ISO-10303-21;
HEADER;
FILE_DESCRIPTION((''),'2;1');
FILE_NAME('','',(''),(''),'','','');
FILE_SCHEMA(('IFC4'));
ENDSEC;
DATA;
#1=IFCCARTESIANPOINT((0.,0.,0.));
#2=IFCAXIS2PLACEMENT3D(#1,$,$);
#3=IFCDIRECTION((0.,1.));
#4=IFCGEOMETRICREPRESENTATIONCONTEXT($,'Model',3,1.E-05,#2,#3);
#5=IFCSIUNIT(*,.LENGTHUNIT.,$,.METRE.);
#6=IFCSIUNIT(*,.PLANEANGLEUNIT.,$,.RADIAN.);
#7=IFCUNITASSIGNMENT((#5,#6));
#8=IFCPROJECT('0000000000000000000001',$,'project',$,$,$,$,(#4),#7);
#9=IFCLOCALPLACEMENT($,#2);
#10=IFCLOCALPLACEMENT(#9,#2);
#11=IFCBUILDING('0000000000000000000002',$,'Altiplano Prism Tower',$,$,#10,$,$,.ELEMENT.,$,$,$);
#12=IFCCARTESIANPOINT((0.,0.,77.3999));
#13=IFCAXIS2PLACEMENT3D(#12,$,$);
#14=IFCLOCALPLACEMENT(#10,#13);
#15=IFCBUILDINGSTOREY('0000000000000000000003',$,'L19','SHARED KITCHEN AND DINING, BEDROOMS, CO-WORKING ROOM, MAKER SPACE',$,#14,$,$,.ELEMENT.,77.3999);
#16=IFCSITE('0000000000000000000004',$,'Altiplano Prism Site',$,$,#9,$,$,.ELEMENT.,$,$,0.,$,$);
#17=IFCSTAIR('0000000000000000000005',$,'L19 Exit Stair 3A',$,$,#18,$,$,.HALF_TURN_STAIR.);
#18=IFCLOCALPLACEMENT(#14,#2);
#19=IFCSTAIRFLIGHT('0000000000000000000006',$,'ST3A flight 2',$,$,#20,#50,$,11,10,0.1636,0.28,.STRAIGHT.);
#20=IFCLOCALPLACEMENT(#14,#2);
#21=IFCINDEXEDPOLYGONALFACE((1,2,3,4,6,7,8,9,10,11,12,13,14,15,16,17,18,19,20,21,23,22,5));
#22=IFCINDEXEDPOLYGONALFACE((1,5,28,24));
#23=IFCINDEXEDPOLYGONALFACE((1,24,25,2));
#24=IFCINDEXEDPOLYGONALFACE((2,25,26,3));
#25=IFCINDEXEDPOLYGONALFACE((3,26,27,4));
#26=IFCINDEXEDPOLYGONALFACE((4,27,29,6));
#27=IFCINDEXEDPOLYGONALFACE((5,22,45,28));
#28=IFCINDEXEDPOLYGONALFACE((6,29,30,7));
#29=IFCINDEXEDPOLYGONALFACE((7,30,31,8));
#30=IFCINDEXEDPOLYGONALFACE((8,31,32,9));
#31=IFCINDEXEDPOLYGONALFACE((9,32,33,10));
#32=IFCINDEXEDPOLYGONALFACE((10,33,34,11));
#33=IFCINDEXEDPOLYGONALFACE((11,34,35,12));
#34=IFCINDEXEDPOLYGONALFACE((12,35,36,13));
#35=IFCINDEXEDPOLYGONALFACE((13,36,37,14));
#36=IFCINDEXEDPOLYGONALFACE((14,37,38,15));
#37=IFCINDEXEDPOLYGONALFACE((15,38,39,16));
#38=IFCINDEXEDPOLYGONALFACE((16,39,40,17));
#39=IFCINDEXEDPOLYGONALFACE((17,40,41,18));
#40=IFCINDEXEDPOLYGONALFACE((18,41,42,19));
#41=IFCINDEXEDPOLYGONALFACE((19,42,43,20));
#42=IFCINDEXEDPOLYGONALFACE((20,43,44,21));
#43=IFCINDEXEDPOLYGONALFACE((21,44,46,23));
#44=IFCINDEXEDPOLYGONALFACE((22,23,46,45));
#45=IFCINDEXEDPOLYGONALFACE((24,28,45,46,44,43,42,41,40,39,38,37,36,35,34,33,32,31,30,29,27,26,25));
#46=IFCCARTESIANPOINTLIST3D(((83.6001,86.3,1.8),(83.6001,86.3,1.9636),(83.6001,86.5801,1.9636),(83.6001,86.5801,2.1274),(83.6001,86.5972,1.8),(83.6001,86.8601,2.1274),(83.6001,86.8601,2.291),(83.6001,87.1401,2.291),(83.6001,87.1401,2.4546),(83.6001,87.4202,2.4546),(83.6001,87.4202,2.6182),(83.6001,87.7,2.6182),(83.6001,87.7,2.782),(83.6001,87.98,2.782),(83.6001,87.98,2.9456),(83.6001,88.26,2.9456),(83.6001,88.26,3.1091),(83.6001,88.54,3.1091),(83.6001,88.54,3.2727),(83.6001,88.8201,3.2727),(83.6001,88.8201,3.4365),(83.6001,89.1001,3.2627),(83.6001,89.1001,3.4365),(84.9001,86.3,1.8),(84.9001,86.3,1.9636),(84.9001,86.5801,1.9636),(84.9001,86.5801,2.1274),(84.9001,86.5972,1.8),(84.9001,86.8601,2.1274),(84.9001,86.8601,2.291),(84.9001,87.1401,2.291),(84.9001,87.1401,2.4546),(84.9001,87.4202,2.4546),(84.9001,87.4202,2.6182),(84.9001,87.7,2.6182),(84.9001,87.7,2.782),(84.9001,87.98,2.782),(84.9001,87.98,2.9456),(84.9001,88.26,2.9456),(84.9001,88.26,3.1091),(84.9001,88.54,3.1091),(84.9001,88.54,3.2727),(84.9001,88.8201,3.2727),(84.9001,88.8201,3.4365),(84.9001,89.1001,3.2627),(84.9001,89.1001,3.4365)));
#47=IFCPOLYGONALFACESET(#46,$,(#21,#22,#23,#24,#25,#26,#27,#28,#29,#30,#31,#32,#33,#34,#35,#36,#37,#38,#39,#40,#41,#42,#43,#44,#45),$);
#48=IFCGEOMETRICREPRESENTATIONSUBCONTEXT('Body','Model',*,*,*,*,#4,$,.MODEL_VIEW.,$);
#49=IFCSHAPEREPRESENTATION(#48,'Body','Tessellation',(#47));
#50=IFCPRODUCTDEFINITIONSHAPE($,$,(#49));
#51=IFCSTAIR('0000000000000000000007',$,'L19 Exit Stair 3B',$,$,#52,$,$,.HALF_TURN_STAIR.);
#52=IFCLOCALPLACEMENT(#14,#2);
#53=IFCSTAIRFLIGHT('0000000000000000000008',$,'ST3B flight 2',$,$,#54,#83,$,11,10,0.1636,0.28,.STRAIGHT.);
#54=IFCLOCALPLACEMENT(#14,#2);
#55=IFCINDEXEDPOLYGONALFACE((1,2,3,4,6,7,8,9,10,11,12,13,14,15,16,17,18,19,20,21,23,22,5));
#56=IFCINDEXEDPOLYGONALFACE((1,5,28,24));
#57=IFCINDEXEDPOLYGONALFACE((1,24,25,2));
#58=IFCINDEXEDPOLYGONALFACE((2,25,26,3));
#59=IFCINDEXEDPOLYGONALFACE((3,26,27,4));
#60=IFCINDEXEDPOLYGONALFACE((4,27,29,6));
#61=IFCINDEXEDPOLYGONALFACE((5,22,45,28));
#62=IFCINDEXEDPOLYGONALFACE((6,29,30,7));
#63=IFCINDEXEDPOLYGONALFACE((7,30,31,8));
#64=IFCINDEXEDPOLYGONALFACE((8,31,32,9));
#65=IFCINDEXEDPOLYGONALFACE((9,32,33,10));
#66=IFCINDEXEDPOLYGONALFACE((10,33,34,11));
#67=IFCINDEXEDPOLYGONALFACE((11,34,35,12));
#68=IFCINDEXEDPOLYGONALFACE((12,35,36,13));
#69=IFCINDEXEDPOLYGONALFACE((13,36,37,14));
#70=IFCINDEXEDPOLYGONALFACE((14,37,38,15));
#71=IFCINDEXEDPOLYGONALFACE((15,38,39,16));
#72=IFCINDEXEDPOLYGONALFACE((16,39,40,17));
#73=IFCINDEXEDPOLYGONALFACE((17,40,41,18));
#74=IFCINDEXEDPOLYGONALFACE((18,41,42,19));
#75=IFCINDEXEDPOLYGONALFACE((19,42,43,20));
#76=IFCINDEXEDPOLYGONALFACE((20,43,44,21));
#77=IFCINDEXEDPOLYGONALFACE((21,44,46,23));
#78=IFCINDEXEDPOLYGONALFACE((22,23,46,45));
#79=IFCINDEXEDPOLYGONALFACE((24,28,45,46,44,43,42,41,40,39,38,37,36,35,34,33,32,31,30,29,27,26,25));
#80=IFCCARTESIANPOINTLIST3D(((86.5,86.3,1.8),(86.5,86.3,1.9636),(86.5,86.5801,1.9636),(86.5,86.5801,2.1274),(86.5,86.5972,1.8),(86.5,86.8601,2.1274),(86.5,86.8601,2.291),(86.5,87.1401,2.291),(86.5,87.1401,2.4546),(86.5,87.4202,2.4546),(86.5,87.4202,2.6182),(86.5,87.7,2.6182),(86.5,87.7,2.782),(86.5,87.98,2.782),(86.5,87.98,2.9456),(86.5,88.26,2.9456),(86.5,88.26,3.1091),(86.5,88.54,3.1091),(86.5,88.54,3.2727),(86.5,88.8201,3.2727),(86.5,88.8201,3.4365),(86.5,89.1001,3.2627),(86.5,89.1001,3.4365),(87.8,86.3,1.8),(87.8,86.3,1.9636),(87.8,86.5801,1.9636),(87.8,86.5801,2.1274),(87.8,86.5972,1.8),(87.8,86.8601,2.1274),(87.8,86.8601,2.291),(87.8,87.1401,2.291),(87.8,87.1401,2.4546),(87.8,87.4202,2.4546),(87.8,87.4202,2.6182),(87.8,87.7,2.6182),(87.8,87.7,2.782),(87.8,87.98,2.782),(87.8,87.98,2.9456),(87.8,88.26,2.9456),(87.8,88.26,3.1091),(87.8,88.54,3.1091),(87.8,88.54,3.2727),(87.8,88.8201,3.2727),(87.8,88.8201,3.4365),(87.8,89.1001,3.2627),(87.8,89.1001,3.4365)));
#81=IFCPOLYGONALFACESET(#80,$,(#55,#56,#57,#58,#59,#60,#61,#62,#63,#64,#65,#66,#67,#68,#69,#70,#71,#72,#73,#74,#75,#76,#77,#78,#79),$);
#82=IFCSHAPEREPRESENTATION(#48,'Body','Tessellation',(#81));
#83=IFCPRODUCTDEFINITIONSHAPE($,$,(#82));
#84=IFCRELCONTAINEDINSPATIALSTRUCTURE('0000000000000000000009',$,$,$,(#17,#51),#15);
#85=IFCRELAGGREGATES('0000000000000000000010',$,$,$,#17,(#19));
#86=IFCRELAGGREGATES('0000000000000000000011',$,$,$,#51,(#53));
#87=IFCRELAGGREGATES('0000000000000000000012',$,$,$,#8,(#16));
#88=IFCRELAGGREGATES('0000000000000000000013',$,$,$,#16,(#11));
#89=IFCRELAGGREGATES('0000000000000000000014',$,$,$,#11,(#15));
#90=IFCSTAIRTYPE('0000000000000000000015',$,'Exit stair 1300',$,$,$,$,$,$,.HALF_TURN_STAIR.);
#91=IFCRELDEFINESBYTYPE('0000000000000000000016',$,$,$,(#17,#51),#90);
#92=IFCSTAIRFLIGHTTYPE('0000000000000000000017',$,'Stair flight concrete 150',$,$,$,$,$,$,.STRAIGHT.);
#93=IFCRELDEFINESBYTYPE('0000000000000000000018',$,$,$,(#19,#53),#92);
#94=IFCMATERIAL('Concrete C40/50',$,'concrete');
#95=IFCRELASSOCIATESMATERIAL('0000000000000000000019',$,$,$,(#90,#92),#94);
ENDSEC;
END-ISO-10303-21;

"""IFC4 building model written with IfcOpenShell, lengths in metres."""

from ifc_helpers import new_model, si_unit, direction, frame, origin, place, context, subcontext, project, spatial, polyline, outline, extrude, material, type_object, element, aggregate, save


model = new_model("IFC4")

# Units and contexts
model_context = context("Model", 3, precision=1e-05, world=origin(), true_north=direction((0.0, 1.0)))
body_context = subcontext(model_context, "Body", "Model", "MODEL_VIEW")
ifc_project = project(units=[si_unit("LENGTHUNIT", "METRE"), si_unit("PLANEANGLEUNIT", "RADIAN")], contexts=[model_context])

# Site, building, storey
site_placement = place(None, origin())
site = spatial("IfcSite", under=ifc_project, at=site_placement, Name="Altiplano Prism Site", CompositionType="ELEMENT", RefElevation=0.0)
building_placement = place(site_placement, origin())
building = spatial("IfcBuilding", under=site, at=building_placement, Name="Altiplano Prism Tower", CompositionType="ELEMENT")
storey_placement = place(building_placement, frame((0.0, 0.0, 77.3999)))
storey = spatial("IfcBuildingStorey", under=building, at=storey_placement, Name="L19", Description="SHARED KITCHEN AND DINING, BEDROOMS, CO-WORKING ROOM, MAKER SPACE", CompositionType="ELEMENT", Elevation=77.3999)

# Stairs, stair flights
ifc_material_1 = material(Name="Concrete C40/50", Category="concrete")
stair_type = type_object("IfcStairType", Name="Exit stair 1300", PredefinedType="HALF_TURN_STAIR", material=ifc_material_1)
stair_1_placement = place(storey_placement, origin())
stair_1 = element("IfcStair", 1, at=stair_1_placement, inside=storey, type_object=stair_type, Name="L19 Exit Stair 3A", PredefinedType="HALF_TURN_STAIR")
stair_flight_type = type_object("IfcStairFlightType", Name="Stair flight concrete 150", PredefinedType="STRAIGHT", material=ifc_material_1)
stair_flight_1_placement = place(storey_placement, frame((84.25, 86.3, 1.8), z_axis=(0.0, 0.0, 1.0), x_axis=(0.0, 1.0, 0.0)))
stair_flight_1 = element("IfcStairFlight", 2, at=stair_flight_1_placement, type_object=stair_flight_type, Name="ST3A flight 2", NumberOfRisers=11, NumberOfTreads=10, PredefinedType="STRAIGHT", RiserHeight=0.1636, TreadLength=0.28, context=body_context, shape_type="SweptSolid", body=[
    extrude(outline(polyline([(0.0, 0.0), (0.0, 0.1636), (0.28, 0.1636), (0.28, 0.3274), (0.5601, 0.3274), (0.5601, 0.491), (0.8401, 0.491), (0.8401, 0.6545), (1.1201, 0.6545), (1.1201, 0.8181), (1.3999, 0.8181), (1.3999, 0.9819), (1.6799, 0.9819), (1.6799, 1.1455), (1.96, 1.1455), (1.96, 1.3091), (2.24, 1.3091), (2.24, 1.4727), (2.52, 1.4727), (2.52, 1.6365), (2.8, 1.6365), (2.8, 1.8), (2.8, 1.4626), (0.2971, 0.0), (0.0, 0.0)])), frame((0.0, 0.6499, 0.0), z_axis=(0.0, -1.0, 0.0), x_axis=(1.0, 0.0, 0.0)), (0.0, 0.0, 1.0), 1.3),
])
aggregate(stair_1, [stair_flight_1])
stair_2_placement = place(storey_placement, origin())
stair_2 = element("IfcStair", 3, at=stair_2_placement, inside=storey, type_object=stair_type, Name="L19 Exit Stair 3B", PredefinedType="HALF_TURN_STAIR")
stair_flight_2_placement = place(storey_placement, frame((87.1499, 86.3, 1.8), z_axis=(0.0, 0.0, 1.0), x_axis=(0.0, 1.0, 0.0)))
stair_flight_2 = element("IfcStairFlight", 4, at=stair_flight_2_placement, type_object=stair_flight_type, Name="ST3B flight 2", NumberOfRisers=11, NumberOfTreads=10, PredefinedType="STRAIGHT", RiserHeight=0.1636, TreadLength=0.28, context=body_context, shape_type="SweptSolid", body=[
    extrude(outline(polyline([(0.0, 0.0), (0.0, 0.1636), (0.28, 0.1636), (0.28, 0.3274), (0.5601, 0.3274), (0.5601, 0.491), (0.8401, 0.491), (0.8401, 0.6545), (1.1201, 0.6545), (1.1201, 0.8181), (1.3999, 0.8181), (1.3999, 0.9819), (1.6799, 0.9819), (1.6799, 1.1455), (1.96, 1.1455), (1.96, 1.3091), (2.24, 1.3091), (2.24, 1.4727), (2.52, 1.4727), (2.52, 1.6365), (2.8, 1.6365), (2.8, 1.8), (2.8, 1.4626), (0.2971, 0.0), (0.0, 0.0)])), frame((0.0, 0.6499, 0.0), z_axis=(0.0, -1.0, 0.0), x_axis=(1.0, 0.0, 0.0)), (0.0, 0.0, 1.0), 1.3),
])
aggregate(stair_2, [stair_flight_2])

save(model, "model.ifc")
